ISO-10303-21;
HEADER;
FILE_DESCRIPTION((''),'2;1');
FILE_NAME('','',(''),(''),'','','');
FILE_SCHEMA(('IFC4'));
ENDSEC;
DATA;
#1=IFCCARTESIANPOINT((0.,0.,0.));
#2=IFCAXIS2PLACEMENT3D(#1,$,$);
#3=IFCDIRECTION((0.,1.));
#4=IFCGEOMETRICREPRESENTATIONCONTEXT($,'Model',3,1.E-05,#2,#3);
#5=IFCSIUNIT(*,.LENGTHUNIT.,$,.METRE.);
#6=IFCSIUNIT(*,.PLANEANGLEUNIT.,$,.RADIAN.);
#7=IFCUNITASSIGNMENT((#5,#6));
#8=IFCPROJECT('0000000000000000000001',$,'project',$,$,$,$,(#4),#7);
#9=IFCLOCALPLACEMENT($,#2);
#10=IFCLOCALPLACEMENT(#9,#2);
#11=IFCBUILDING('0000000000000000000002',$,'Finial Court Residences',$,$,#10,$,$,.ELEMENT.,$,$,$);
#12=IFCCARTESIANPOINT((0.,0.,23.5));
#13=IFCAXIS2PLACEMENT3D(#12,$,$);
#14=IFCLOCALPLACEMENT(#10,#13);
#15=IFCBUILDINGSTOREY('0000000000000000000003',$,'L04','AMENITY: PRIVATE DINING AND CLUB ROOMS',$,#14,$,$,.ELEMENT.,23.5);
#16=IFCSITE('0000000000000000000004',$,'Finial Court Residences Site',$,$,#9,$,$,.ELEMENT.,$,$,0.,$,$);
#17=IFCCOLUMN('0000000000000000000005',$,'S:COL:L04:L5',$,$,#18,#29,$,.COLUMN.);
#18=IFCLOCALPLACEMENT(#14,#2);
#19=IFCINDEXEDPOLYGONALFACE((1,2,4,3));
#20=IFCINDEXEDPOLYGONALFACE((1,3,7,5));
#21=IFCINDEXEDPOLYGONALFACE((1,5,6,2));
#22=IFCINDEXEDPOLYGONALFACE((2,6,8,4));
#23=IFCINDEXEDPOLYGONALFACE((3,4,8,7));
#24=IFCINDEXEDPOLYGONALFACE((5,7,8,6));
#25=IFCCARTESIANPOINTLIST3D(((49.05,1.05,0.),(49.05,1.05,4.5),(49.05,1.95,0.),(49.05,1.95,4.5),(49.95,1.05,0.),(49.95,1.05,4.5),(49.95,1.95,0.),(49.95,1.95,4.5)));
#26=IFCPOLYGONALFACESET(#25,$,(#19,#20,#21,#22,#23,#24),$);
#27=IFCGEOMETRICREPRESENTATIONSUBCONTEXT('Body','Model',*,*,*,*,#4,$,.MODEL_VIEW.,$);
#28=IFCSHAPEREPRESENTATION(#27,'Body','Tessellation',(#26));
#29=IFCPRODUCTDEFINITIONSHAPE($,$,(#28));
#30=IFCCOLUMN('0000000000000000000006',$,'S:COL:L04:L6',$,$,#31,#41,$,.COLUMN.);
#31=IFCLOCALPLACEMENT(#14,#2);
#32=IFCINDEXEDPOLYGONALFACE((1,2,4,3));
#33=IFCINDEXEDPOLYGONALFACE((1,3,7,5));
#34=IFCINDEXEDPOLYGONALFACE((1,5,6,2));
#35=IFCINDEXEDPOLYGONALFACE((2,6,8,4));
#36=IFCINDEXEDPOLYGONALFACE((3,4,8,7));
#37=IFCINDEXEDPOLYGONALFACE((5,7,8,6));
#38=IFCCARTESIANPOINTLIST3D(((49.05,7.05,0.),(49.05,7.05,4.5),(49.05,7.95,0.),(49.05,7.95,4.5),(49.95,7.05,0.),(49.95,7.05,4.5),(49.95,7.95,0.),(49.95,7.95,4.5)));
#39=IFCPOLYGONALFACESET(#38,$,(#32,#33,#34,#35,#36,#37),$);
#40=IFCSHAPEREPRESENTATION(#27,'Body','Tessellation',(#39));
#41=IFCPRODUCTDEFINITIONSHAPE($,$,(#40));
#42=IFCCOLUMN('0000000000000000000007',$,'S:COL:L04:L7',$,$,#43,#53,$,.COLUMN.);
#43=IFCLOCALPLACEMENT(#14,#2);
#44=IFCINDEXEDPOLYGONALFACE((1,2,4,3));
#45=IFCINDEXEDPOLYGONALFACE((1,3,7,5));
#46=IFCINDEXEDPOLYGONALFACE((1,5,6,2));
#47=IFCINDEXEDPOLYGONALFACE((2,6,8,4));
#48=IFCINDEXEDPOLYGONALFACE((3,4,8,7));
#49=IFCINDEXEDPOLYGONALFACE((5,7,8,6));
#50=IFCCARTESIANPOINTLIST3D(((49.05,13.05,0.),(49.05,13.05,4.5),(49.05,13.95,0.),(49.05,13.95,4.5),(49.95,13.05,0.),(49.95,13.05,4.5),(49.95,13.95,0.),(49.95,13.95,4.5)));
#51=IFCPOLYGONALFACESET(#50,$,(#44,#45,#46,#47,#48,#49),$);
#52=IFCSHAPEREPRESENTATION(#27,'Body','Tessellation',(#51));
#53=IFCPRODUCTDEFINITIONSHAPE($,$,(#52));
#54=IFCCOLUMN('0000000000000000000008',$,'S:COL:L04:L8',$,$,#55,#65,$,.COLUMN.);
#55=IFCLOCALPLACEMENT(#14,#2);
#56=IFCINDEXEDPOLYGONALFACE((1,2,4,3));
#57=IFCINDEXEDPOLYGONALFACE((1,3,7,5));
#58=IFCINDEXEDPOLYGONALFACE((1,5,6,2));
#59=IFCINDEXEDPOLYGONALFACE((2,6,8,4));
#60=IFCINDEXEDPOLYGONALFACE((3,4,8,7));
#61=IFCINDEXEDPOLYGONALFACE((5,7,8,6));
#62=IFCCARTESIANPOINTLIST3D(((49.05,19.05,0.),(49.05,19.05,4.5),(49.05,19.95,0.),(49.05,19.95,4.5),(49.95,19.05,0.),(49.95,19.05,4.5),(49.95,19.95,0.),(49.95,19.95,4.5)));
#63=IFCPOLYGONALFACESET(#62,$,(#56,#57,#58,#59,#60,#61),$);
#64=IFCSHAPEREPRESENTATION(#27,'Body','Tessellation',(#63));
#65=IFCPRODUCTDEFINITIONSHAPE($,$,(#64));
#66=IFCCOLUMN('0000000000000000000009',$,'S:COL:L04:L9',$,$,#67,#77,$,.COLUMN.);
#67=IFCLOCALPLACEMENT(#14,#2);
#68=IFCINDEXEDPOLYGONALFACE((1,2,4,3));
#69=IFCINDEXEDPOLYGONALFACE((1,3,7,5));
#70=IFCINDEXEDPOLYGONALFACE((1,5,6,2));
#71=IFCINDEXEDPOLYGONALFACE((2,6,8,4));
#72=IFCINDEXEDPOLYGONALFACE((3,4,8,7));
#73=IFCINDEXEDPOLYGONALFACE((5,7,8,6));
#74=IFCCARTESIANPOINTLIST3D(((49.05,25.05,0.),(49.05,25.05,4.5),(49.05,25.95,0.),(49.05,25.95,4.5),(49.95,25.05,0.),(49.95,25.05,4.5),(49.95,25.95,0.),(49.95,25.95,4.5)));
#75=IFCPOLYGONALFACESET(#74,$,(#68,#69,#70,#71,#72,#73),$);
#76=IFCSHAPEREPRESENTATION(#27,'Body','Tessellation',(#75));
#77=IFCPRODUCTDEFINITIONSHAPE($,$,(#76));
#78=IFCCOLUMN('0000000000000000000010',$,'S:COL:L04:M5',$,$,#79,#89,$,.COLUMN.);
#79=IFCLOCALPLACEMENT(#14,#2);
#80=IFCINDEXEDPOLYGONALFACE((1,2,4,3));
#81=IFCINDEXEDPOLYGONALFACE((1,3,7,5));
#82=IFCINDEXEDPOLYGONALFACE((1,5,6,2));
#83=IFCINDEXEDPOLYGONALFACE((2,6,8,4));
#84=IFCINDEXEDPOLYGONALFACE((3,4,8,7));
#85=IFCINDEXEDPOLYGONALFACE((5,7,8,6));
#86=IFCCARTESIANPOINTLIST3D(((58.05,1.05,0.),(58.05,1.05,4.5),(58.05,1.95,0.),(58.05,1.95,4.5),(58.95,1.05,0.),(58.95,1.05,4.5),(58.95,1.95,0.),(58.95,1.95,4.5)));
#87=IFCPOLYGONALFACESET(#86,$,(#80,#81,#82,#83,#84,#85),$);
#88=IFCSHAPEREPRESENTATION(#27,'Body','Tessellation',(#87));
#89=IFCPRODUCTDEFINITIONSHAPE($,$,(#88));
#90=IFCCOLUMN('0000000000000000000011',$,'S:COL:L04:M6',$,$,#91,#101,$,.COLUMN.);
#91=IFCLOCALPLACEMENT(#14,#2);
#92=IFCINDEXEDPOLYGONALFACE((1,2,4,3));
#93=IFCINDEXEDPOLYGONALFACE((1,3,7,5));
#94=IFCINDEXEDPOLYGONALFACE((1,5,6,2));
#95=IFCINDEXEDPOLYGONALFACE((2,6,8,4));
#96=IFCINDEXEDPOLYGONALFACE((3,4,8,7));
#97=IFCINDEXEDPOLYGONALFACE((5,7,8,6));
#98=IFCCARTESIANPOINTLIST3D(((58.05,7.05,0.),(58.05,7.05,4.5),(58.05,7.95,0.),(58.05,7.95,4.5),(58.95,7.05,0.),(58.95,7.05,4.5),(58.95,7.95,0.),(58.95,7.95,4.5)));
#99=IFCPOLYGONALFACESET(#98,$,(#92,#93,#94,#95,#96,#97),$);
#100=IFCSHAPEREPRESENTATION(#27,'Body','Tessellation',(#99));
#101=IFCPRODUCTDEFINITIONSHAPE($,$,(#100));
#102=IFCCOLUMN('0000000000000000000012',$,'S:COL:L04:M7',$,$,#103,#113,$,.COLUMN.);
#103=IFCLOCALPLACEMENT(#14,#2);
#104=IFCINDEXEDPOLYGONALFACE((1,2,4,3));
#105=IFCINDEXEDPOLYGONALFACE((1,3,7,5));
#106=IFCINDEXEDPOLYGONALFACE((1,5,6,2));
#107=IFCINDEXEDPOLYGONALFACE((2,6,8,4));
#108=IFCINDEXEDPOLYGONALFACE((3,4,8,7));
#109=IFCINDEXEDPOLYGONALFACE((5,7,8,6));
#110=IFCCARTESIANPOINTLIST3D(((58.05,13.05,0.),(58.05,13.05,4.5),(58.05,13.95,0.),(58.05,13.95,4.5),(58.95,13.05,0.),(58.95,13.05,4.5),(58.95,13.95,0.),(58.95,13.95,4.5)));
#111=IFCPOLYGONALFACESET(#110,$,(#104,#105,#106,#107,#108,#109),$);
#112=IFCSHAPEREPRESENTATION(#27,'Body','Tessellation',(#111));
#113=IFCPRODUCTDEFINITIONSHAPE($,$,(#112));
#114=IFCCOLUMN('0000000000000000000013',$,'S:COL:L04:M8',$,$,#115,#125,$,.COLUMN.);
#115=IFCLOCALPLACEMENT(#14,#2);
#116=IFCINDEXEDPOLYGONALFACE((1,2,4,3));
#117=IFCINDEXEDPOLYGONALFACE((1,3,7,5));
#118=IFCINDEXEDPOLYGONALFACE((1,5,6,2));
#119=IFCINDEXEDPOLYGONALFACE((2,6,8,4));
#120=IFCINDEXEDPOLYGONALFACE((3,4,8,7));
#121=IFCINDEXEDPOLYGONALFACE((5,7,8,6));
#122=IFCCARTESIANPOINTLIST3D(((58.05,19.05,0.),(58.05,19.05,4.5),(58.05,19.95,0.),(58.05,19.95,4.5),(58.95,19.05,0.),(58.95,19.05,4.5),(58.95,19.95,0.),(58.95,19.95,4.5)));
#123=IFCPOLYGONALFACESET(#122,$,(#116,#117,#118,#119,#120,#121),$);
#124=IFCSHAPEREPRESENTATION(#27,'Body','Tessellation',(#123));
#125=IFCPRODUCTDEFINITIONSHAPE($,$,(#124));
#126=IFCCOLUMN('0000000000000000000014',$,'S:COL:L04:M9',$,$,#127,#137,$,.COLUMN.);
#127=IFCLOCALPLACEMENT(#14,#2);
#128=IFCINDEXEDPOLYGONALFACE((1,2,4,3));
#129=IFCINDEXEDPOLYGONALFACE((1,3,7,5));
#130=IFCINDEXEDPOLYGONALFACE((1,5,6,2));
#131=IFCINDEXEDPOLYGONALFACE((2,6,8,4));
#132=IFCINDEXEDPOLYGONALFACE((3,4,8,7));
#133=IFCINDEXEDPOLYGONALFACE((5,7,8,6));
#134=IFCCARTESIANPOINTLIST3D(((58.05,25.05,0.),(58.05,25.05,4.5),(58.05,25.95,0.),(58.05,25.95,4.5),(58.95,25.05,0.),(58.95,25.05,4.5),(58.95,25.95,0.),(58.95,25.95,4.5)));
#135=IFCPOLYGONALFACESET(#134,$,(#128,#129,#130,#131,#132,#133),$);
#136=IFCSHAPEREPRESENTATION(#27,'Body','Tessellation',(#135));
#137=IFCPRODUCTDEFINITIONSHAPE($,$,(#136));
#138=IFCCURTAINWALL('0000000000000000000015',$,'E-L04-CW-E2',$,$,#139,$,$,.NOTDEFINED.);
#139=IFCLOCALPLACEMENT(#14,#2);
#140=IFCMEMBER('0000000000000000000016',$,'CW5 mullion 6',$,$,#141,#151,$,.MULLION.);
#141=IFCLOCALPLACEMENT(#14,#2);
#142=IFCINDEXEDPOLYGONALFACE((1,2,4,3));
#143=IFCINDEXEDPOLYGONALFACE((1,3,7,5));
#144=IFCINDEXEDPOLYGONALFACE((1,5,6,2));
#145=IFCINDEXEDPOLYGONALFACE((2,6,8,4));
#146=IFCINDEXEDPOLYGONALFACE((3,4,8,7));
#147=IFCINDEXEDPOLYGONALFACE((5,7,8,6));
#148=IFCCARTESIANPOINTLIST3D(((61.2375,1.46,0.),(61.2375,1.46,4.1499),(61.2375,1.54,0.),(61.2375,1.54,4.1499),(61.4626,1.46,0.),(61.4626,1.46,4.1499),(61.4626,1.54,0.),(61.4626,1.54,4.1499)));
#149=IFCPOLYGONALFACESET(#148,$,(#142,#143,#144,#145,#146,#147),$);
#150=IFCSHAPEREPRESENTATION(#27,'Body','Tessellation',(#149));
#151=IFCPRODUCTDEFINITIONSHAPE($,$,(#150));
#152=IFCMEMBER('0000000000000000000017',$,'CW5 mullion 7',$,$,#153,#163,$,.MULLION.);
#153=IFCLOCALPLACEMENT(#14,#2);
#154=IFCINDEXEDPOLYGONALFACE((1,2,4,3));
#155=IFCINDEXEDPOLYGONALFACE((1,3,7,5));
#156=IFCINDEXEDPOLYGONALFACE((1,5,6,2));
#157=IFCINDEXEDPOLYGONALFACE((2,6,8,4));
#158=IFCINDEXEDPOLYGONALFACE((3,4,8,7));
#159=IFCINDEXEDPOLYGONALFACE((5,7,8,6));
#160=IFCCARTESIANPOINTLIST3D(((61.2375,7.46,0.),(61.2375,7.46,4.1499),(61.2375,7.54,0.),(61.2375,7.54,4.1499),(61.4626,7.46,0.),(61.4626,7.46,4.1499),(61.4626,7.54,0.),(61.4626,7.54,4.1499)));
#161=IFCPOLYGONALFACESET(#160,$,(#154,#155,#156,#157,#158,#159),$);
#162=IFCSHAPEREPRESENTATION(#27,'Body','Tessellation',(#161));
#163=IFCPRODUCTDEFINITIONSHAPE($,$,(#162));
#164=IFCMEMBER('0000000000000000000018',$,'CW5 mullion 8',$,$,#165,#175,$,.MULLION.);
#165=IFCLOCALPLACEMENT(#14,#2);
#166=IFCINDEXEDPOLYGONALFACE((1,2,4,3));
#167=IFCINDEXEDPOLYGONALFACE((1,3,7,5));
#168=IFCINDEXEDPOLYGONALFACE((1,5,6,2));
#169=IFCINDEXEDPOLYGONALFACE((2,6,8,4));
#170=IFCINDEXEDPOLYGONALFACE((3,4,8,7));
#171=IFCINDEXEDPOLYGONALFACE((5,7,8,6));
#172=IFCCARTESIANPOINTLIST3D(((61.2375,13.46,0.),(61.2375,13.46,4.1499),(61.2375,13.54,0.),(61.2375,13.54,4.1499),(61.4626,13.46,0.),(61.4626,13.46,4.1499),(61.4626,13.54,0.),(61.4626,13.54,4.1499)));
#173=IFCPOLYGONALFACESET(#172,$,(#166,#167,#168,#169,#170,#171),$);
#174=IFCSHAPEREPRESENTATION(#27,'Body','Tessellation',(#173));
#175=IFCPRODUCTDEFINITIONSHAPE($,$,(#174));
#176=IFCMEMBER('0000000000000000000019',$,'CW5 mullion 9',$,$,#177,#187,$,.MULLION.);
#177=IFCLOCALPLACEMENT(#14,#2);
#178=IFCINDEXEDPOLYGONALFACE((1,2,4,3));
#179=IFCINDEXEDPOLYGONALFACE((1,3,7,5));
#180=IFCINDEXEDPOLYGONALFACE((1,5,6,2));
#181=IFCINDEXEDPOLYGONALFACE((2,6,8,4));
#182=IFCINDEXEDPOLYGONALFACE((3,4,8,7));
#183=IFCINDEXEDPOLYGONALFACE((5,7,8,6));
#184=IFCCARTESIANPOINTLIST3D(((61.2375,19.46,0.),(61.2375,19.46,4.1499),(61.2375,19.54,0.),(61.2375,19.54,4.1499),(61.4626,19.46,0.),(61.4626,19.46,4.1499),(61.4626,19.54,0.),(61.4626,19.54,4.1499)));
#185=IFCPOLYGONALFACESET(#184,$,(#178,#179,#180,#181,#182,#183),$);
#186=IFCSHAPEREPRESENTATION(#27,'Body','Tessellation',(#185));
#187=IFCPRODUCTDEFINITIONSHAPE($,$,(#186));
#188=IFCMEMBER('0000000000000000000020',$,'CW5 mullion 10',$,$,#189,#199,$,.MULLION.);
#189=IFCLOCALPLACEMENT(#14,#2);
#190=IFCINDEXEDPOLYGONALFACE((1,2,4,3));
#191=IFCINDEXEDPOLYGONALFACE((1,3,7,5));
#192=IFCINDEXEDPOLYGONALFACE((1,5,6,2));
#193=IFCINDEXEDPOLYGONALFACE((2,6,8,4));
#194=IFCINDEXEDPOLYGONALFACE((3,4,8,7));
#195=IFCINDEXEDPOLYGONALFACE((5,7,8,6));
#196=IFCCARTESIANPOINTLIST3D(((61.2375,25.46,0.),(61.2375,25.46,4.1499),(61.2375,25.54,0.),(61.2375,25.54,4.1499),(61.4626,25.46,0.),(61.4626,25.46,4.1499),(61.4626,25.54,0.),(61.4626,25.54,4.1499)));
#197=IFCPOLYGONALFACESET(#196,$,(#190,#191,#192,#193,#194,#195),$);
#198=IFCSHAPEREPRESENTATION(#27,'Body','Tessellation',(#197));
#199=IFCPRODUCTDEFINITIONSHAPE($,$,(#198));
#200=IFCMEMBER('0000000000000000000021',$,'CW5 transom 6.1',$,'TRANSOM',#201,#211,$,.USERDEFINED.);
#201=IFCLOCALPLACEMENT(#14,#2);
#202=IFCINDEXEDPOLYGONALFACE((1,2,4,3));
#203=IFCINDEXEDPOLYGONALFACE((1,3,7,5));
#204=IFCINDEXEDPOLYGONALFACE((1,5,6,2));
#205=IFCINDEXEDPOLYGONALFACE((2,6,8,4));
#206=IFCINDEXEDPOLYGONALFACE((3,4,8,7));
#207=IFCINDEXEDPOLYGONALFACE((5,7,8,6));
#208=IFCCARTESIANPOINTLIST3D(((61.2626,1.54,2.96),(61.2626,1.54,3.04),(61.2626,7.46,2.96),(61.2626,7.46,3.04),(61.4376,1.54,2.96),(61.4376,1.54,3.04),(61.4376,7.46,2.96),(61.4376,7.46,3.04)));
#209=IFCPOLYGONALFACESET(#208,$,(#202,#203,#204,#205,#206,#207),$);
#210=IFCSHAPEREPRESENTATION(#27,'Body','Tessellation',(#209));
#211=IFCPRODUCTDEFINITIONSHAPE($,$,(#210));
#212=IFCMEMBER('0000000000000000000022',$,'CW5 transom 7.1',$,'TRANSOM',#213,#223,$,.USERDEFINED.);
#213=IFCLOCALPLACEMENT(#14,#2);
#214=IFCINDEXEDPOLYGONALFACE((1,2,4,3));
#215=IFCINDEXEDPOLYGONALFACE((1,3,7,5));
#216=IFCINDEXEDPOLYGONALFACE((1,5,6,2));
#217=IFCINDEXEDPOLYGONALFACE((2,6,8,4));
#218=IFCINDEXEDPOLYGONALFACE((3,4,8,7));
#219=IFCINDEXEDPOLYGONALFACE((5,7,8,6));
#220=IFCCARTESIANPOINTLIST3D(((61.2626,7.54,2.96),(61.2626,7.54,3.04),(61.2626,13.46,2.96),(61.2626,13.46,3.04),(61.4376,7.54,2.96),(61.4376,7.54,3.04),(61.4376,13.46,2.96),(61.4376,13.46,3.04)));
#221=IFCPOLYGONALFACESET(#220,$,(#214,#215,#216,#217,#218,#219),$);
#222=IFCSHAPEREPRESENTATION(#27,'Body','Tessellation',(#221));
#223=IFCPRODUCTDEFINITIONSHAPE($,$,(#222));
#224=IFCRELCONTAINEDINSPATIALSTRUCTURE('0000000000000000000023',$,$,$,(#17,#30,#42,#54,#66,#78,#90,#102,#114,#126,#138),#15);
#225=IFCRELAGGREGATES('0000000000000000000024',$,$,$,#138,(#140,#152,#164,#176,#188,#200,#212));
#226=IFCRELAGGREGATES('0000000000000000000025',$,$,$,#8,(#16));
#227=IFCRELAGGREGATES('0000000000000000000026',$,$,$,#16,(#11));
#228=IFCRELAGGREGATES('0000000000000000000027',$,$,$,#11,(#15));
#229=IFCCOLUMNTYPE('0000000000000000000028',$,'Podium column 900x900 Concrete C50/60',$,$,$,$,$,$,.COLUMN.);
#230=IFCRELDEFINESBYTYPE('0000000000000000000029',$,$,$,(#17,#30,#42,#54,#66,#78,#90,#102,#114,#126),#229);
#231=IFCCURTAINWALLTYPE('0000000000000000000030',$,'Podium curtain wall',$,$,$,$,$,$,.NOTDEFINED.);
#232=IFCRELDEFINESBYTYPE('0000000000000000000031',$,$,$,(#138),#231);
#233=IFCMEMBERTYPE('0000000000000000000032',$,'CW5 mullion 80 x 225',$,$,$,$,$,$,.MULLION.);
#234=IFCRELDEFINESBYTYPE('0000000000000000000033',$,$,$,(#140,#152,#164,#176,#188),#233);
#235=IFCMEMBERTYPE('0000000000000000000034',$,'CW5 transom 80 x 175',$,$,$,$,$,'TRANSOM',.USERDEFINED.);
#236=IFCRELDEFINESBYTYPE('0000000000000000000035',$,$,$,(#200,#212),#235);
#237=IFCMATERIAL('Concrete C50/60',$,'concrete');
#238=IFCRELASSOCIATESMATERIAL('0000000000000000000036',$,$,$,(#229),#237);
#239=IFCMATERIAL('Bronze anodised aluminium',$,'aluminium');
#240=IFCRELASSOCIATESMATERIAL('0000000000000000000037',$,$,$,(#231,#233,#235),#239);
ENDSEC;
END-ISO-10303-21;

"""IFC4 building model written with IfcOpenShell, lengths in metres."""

from ifc_helpers import new_model, si_unit, direction, frame, origin, origin_2d, place, context, subcontext, project, spatial, rectangle, extrude, material, material_profile, profile_set, type_object, element, aggregate, save


model = new_model("IFC4")

# Units and contexts
model_context = context("Model", 3, precision=1e-05, world=origin(), true_north=direction((0.0, 1.0)))
body_context = subcontext(model_context, "Body", "Model", "MODEL_VIEW")
ifc_project = project(units=[si_unit("LENGTHUNIT", "METRE"), si_unit("PLANEANGLEUNIT", "RADIAN")], contexts=[model_context])

# Site, building, storey
site_placement = place(None, origin())
site = spatial("IfcSite", under=ifc_project, at=site_placement, Name="Finial Court Residences Site", CompositionType="ELEMENT", RefElevation=0.0)
building_placement = place(site_placement, origin())
building = spatial("IfcBuilding", under=site, at=building_placement, Name="Finial Court Residences", CompositionType="ELEMENT")
storey_placement = place(building_placement, frame((0.0, 0.0, 23.5)))
storey = spatial("IfcBuildingStorey", under=building, at=storey_placement, Name="L04", Description="AMENITY: PRIVATE DINING AND CLUB ROOMS", CompositionType="ELEMENT", Elevation=23.5)

# Columns
ifc_material_1 = material(Name="Concrete C50/60", Category="concrete")
ifc_material_profile_1 = material_profile(ifc_material_1, rectangle(XDim=0.8999, YDim=0.8999, at=origin_2d()), Name="900x900")
ifc_profile_set_1 = profile_set([ifc_material_profile_1], Name="Concrete C50/60")
column_type = type_object("IfcColumnType", Name="Podium column 900x900 Concrete C50/60", PredefinedType="COLUMN", material=ifc_profile_set_1)
for number, where, z_axis, x_axis, name in (
    (1, (49.5, 1.5, 0.0), (0.0, 0.0, 1.0), (1.0, 0.0, 0.0), "S:COL:L04:L5"),
    (2, (49.5, 7.5, 0.0), (0.0, 0.0, 1.0), (1.0, 0.0, 0.0), "S:COL:L04:L6"),
    (3, (49.5, 13.5, 0.0), (0.0, 0.0, 1.0), (1.0, 0.0, 0.0), "S:COL:L04:L7"),
    (4, (49.5, 19.5, 0.0), (0.0, 0.0, 1.0), (1.0, 0.0, 0.0), "S:COL:L04:L8"),
    (5, (49.5, 25.5, 0.0), (0.0, 0.0, 1.0), (1.0, 0.0, 0.0), "S:COL:L04:L9"),
    (6, (58.5, 1.5, 0.0), (0.0, 0.0, 1.0), (1.0, 0.0, 0.0), "S:COL:L04:M5"),
    (7, (58.5, 7.5, 0.0), (0.0, 0.0, 1.0), (1.0, 0.0, 0.0), "S:COL:L04:M6"),
    (8, (58.5, 13.5, 0.0), (0.0, 0.0, 1.0), (1.0, 0.0, 0.0), "S:COL:L04:M7"),
    (9, (58.5, 19.5, 0.0), (0.0, 0.0, 1.0), (1.0, 0.0, 0.0), "S:COL:L04:M8"),
    (10, (58.5, 25.5, 0.0), (0.0, 0.0, 1.0), (1.0, 0.0, 0.0), "S:COL:L04:M9"),
):
    element("IfcColumn", number, at=place(storey_placement, frame(where, z_axis=z_axis, x_axis=x_axis)), inside=storey, type_object=column_type, Name=name, PredefinedType="COLUMN", context=body_context, shape_type="SweptSolid", body=[
        extrude(rectangle(XDim=0.8999, YDim=0.8999, at=origin_2d()), origin(), (0.0, 0.0, 1.0), 4.5),
    ])

# Curtain wall, members
ifc_material_2 = material(Name="Bronze anodised aluminium", Category="aluminium")
curtain_wall_type = type_object("IfcCurtainWallType", Name="Podium curtain wall", PredefinedType="NOTDEFINED", material=ifc_material_2)
curtain_wall_placement = place(storey_placement, origin())
curtain_wall = element("IfcCurtainWall", 11, at=curtain_wall_placement, inside=storey, type_object=curtain_wall_type, Name="E-L04-CW-E2", PredefinedType="NOTDEFINED")
ifc_material_profile_2 = material_profile(ifc_material_2, rectangle(XDim=0.2251, YDim=0.0801, at=origin_2d()), Name="CW5 mullion 80 x 225")
ifc_profile_set_2 = profile_set([ifc_material_profile_2], Name="Bronze anodised aluminium")
member_type_1 = type_object("IfcMemberType", Name="CW5 mullion 80 x 225", PredefinedType="MULLION", material=ifc_profile_set_2)
member_1_placement = place(storey_placement, frame((61.3501, 1.5, 0.0), z_axis=(0.0, 0.0, 1.0), x_axis=(-1.0, 0.0, 0.0)))
member_1 = element("IfcMember", 12, at=member_1_placement, type_object=member_type_1, Name="CW5 mullion 6", PredefinedType="MULLION", context=body_context, shape_type="SweptSolid", body=[
    extrude(rectangle(XDim=0.2251, YDim=0.0801, at=origin_2d()), origin(), (0.0, 0.0, 1.0), 4.1499),
])
member_2_placement = place(storey_placement, frame((61.3501, 7.5, 0.0), z_axis=(0.0, 0.0, 1.0), x_axis=(-1.0, 0.0, 0.0)))
member_2 = element("IfcMember", 13, at=member_2_placement, type_object=member_type_1, Name="CW5 mullion 7", PredefinedType="MULLION", context=body_context, shape_type="SweptSolid", body=[
    extrude(rectangle(XDim=0.2251, YDim=0.0801, at=origin_2d()), origin(), (0.0, 0.0, 1.0), 4.1499),
])
member_3_placement = place(storey_placement, frame((61.3501, 13.5, 0.0), z_axis=(0.0, 0.0, 1.0), x_axis=(-1.0, 0.0, 0.0)))
member_3 = element("IfcMember", 14, at=member_3_placement, type_object=member_type_1, Name="CW5 mullion 8", PredefinedType="MULLION", context=body_context, shape_type="SweptSolid", body=[
    extrude(rectangle(XDim=0.2251, YDim=0.0801, at=origin_2d()), origin(), (0.0, 0.0, 1.0), 4.1499),
])
member_4_placement = place(storey_placement, frame((61.3501, 19.5, 0.0), z_axis=(0.0, 0.0, 1.0), x_axis=(-1.0, 0.0, 0.0)))
member_4 = element("IfcMember", 15, at=member_4_placement, type_object=member_type_1, Name="CW5 mullion 9", PredefinedType="MULLION", context=body_context, shape_type="SweptSolid", body=[
    extrude(rectangle(XDim=0.2251, YDim=0.0801, at=origin_2d()), origin(), (0.0, 0.0, 1.0), 4.1499),
])
member_5_placement = place(storey_placement, frame((61.3501, 25.5, 0.0), z_axis=(0.0, 0.0, 1.0), x_axis=(-1.0, 0.0, 0.0)))
member_5 = element("IfcMember", 16, at=member_5_placement, type_object=member_type_1, Name="CW5 mullion 10", PredefinedType="MULLION", context=body_context, shape_type="SweptSolid", body=[
    extrude(rectangle(XDim=0.2251, YDim=0.0801, at=origin_2d()), origin(), (0.0, 0.0, 1.0), 4.1499),
])
ifc_material_profile_3 = material_profile(ifc_material_2, rectangle(XDim=0.175, YDim=0.0801, at=origin_2d()), Name="CW5 transom 80 x 175")
ifc_profile_set_3 = profile_set([ifc_material_profile_3], Name="Bronze anodised aluminium")
member_type_2 = type_object("IfcMemberType", Name="CW5 transom 80 x 175", ElementType="TRANSOM", PredefinedType="USERDEFINED", material=ifc_profile_set_3)
member_6_placement = place(storey_placement, frame((61.3501, 1.54, 3.0), z_axis=(0.0, 1.0, 0.0), x_axis=(-1.0, 0.0, 0.0)))
member_6 = element("IfcMember", 17, at=member_6_placement, type_object=member_type_2, Name="CW5 transom 6.1", ObjectType="TRANSOM", PredefinedType="USERDEFINED", context=body_context, shape_type="SweptSolid", body=[
    extrude(rectangle(XDim=0.175, YDim=0.0801, at=origin_2d()), origin(), (0.0, 0.0, 1.0), 5.9199),
])
member_7_placement = place(storey_placement, frame((61.3501, 7.54, 3.0), z_axis=(0.0, 1.0, 0.0), x_axis=(-1.0, 0.0, 0.0)))
member_7 = element("IfcMember", 18, at=member_7_placement, type_object=member_type_2, Name="CW5 transom 7.1", ObjectType="TRANSOM", PredefinedType="USERDEFINED", context=body_context, shape_type="SweptSolid", body=[
    extrude(rectangle(XDim=0.175, YDim=0.0801, at=origin_2d()), origin(), (0.0, 0.0, 1.0), 5.9199),
])
aggregate(curtain_wall, [member_1, member_2, member_3, member_4, member_5, member_6, member_7])

save(model, "model.ifc")
